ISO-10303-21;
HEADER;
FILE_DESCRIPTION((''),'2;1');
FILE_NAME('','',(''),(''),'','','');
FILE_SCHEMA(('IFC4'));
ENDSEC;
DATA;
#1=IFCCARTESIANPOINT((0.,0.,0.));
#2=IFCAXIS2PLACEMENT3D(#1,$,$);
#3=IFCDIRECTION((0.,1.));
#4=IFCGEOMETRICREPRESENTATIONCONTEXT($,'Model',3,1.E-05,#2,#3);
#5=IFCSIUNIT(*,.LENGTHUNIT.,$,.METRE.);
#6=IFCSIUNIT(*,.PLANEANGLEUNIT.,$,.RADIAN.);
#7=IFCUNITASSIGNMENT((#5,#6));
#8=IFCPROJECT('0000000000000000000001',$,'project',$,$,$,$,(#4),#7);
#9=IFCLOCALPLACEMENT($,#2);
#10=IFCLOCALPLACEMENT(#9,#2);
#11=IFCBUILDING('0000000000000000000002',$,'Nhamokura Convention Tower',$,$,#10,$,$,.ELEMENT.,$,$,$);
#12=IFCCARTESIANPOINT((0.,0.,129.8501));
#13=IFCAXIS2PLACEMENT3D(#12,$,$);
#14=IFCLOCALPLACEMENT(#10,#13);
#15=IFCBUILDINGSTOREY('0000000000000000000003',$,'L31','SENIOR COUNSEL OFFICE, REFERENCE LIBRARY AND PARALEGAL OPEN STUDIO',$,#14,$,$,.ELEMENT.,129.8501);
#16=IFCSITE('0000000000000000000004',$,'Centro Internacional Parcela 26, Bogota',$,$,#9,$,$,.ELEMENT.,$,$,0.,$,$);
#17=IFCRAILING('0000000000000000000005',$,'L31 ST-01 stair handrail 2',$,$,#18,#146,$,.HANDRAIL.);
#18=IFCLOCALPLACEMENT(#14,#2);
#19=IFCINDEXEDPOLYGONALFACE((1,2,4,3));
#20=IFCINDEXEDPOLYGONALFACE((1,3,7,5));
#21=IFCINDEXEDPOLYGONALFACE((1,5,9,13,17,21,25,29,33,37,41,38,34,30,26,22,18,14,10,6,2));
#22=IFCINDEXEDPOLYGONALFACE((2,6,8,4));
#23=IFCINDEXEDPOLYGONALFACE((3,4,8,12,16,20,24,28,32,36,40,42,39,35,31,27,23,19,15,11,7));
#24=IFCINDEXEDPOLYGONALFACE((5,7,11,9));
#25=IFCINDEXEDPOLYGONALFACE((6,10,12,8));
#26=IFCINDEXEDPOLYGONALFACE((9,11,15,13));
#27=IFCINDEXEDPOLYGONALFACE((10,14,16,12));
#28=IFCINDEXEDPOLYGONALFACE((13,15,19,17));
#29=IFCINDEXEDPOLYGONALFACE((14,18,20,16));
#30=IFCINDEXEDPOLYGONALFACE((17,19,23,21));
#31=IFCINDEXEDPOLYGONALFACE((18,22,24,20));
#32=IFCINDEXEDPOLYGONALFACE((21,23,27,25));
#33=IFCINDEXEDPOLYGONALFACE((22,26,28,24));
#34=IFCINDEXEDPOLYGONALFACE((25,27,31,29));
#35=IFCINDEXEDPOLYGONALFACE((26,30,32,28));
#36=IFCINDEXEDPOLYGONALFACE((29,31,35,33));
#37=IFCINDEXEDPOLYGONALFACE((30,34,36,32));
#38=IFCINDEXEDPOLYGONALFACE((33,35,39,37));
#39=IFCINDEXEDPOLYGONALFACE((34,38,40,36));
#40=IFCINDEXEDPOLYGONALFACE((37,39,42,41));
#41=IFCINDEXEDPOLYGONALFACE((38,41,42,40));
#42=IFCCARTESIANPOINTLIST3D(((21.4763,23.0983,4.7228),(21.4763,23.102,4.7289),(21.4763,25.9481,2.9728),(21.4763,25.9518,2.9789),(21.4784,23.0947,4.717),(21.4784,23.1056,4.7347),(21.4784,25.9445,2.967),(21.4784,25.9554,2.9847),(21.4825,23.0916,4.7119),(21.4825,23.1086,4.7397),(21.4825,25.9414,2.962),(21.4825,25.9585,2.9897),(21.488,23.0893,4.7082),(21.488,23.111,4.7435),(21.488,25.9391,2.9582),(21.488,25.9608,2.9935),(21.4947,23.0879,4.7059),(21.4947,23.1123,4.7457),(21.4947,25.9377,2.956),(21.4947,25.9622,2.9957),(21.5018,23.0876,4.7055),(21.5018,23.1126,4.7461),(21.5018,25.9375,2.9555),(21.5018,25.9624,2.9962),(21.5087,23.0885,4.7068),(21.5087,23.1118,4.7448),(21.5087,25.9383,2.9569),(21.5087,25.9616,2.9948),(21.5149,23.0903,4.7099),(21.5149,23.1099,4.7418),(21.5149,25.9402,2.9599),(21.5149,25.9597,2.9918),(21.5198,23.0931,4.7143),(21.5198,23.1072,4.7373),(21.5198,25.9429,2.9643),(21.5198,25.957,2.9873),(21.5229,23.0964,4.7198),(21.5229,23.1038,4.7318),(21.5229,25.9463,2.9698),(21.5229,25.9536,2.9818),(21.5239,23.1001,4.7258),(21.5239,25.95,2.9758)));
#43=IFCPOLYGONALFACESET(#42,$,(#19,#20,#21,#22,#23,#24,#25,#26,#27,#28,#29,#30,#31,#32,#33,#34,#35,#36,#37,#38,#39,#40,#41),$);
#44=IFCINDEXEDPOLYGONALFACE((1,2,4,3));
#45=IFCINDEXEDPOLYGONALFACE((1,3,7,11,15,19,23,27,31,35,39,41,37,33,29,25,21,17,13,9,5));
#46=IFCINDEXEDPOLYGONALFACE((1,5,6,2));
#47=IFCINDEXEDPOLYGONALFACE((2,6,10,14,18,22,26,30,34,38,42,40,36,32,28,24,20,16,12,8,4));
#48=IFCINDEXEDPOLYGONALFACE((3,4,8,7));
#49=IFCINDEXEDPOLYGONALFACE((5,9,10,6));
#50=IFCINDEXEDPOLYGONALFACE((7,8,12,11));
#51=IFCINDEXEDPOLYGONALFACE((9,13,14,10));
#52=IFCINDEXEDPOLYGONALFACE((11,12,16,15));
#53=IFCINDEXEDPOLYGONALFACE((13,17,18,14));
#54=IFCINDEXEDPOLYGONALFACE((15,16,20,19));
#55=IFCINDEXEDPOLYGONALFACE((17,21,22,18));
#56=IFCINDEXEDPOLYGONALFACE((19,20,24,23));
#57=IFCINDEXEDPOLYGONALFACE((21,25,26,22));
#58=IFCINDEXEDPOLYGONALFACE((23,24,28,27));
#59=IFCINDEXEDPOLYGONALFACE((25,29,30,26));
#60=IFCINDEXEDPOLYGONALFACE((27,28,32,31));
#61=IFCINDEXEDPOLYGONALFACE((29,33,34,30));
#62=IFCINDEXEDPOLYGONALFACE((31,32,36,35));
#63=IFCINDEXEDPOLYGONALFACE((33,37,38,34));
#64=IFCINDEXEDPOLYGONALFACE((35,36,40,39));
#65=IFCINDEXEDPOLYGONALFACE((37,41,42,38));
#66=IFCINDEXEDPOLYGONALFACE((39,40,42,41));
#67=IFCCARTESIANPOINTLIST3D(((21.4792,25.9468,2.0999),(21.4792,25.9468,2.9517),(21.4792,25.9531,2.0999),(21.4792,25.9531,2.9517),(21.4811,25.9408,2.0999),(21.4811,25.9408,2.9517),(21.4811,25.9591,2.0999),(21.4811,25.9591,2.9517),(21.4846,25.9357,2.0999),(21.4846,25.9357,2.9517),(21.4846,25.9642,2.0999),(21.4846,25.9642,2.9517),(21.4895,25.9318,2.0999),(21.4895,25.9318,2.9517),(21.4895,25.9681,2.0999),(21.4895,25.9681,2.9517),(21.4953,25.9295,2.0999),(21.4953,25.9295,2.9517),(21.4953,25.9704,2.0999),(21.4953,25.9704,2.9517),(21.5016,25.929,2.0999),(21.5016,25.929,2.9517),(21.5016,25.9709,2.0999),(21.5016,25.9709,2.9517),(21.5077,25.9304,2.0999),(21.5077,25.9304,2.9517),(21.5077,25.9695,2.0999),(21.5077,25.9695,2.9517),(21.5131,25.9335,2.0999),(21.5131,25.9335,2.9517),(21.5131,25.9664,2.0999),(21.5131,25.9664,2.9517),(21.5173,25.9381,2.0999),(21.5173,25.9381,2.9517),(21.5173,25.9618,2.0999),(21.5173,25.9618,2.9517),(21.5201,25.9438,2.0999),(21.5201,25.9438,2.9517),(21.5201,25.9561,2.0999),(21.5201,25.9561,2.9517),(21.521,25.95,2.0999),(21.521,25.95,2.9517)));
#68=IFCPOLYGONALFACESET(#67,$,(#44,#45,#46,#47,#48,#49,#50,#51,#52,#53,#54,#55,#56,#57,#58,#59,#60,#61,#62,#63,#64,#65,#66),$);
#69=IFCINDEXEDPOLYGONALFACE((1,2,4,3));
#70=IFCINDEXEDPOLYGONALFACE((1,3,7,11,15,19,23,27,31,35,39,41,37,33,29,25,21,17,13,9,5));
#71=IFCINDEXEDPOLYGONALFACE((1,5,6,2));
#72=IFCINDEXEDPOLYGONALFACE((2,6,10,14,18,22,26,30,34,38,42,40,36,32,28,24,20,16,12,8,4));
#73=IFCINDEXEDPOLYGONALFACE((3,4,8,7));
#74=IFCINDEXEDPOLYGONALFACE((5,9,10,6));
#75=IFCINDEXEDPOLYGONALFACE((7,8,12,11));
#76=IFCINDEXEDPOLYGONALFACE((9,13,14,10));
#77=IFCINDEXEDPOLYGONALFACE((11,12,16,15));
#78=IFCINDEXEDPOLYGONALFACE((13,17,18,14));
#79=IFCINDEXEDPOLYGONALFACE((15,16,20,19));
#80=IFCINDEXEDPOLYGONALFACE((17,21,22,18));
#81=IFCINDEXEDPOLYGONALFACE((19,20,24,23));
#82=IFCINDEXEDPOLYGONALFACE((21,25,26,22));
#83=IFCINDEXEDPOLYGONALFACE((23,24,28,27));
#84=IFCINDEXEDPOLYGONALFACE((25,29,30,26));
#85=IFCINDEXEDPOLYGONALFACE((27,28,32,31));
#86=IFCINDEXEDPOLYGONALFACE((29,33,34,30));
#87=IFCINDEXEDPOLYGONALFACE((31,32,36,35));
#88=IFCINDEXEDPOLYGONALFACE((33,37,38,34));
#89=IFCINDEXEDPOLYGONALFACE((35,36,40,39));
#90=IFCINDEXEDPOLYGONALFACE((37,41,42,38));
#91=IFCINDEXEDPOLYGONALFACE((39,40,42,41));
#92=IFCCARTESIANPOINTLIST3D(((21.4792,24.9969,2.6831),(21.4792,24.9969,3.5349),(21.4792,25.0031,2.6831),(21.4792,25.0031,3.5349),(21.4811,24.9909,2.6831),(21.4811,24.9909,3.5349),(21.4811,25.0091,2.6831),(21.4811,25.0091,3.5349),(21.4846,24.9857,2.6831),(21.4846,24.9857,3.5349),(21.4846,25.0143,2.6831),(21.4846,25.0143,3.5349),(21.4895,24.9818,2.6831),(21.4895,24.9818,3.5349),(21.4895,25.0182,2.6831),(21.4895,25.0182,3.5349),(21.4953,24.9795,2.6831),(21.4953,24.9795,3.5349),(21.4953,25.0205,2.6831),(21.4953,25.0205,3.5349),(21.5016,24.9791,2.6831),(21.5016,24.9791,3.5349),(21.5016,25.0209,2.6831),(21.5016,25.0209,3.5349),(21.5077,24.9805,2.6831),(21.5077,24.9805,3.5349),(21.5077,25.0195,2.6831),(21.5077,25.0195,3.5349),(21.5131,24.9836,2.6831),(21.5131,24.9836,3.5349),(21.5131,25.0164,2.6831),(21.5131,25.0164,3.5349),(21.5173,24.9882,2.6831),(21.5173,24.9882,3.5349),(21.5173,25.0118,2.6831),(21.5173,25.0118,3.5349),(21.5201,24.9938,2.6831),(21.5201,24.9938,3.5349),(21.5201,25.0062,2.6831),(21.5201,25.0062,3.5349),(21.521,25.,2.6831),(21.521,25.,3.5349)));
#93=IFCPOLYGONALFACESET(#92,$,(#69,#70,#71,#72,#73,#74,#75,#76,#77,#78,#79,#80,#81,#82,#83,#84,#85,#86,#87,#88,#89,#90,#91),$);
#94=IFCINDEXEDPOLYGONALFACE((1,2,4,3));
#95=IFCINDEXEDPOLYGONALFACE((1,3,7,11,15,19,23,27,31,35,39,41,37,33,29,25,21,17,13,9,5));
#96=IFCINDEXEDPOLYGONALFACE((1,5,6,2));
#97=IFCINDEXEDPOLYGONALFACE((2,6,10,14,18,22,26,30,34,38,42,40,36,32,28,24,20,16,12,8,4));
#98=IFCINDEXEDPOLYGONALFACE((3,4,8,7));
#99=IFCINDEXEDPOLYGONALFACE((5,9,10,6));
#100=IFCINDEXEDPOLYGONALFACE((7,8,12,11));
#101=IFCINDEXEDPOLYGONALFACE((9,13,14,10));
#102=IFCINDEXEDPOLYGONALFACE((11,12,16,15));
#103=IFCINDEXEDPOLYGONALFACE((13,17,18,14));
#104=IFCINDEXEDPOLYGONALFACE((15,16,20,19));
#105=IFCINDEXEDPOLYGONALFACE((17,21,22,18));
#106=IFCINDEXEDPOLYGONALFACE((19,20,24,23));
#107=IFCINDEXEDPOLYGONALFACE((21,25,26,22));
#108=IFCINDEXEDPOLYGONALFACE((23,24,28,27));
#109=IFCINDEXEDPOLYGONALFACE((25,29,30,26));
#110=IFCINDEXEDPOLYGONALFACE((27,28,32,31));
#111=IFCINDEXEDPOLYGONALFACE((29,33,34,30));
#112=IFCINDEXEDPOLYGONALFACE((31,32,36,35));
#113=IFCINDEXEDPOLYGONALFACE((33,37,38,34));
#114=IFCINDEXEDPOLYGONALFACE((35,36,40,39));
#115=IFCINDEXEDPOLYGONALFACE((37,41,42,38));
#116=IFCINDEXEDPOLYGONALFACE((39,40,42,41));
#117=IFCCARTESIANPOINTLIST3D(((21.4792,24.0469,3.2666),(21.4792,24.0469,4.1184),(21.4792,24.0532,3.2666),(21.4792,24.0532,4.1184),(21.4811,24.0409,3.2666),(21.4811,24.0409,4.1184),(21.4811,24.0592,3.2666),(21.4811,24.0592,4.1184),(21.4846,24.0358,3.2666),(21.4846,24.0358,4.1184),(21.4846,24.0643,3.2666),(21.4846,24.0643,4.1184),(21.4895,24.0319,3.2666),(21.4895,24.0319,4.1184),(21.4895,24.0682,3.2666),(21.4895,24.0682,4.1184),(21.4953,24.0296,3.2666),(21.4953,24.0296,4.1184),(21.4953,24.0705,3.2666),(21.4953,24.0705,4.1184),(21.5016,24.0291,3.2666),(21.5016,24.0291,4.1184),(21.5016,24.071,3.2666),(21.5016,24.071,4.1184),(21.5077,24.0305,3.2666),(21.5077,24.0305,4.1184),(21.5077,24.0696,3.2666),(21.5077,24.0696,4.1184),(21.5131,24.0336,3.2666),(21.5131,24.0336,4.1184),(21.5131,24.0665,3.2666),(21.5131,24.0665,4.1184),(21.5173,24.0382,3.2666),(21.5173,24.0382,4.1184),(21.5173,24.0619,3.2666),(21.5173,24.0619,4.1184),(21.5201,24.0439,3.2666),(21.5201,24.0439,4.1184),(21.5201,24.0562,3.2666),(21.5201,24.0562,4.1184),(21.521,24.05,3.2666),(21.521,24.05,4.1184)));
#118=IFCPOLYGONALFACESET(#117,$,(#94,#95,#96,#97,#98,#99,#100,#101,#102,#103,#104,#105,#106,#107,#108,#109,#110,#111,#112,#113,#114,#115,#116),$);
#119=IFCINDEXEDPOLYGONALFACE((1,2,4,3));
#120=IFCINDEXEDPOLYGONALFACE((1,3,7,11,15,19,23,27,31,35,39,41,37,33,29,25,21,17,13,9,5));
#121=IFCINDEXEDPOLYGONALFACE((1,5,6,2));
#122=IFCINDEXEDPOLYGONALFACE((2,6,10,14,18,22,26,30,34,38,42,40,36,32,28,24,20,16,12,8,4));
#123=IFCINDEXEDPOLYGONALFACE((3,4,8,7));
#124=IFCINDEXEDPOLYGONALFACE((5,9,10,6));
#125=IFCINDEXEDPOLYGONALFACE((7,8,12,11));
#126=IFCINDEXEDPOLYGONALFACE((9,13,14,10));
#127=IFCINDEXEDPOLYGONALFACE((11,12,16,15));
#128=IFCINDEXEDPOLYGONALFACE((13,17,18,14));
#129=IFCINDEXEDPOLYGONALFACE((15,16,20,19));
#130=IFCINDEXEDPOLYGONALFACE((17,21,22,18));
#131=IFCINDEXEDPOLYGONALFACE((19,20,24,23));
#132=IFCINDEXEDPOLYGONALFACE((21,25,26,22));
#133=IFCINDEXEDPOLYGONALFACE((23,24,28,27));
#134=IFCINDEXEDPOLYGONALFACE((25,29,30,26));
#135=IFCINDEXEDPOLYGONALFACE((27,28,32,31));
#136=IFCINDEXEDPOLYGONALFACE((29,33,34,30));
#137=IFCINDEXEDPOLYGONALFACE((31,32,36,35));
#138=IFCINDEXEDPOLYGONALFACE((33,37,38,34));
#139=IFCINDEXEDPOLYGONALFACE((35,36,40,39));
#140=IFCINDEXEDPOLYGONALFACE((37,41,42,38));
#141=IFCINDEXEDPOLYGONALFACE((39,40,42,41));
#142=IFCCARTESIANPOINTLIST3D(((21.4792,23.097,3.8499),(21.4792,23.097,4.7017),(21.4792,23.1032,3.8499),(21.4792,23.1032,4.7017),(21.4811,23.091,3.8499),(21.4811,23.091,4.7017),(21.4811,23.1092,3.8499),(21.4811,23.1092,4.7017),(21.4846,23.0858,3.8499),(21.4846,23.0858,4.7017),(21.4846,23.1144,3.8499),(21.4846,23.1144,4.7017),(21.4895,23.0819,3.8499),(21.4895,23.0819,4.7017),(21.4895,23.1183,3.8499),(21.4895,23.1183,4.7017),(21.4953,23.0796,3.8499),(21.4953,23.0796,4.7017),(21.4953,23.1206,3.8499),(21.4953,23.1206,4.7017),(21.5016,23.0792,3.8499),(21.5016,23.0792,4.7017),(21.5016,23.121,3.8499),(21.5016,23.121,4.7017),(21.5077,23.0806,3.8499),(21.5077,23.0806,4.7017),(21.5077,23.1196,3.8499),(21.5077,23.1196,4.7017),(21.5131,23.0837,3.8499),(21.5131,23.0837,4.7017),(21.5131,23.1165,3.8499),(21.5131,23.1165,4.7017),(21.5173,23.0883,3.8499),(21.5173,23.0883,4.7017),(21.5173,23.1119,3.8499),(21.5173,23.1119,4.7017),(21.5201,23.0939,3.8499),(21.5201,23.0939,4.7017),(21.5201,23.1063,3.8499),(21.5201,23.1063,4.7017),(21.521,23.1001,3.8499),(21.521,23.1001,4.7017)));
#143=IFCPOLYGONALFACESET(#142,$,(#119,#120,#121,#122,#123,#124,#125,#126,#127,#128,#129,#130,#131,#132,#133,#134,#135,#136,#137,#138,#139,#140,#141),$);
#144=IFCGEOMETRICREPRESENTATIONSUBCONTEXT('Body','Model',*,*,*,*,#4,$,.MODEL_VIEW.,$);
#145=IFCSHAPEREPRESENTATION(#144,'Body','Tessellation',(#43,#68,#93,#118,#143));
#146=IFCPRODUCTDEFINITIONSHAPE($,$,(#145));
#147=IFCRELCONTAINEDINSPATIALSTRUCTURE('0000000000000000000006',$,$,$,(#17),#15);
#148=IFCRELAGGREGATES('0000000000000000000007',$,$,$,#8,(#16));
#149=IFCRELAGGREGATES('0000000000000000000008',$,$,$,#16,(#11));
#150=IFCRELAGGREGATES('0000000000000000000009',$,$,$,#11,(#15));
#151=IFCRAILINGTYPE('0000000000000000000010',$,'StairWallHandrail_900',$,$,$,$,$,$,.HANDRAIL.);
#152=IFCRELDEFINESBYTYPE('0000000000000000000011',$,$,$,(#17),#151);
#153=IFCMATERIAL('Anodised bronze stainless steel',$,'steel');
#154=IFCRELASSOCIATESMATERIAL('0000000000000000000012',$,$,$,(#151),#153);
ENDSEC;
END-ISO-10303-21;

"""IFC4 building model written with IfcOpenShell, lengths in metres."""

from ifc_helpers import new_model, si_unit, direction, frame, origin, origin_2d, place, context, subcontext, project, spatial, circle, extrude, material, type_object, element, save


model = new_model("IFC4")

# Units and contexts
model_context = context("Model", 3, precision=1e-05, world=origin(), true_north=direction((0.0, 1.0)))
body_context = subcontext(model_context, "Body", "Model", "MODEL_VIEW")
ifc_project = project(units=[si_unit("LENGTHUNIT", "METRE"), si_unit("PLANEANGLEUNIT", "RADIAN")], contexts=[model_context])

# Site, building, storey
site_placement = place(None, origin())
site = spatial("IfcSite", under=ifc_project, at=site_placement, Name="Centro Internacional Parcela 26, Bogota", CompositionType="ELEMENT", RefElevation=0.0)
building_placement = place(site_placement, origin())
building = spatial("IfcBuilding", under=site, at=building_placement, Name="Nhamokura Convention Tower", CompositionType="ELEMENT")
storey_placement = place(building_placement, frame((0.0, 0.0, 129.8501)))
storey = spatial("IfcBuildingStorey", under=building, at=storey_placement, Name="L31", Description="SENIOR COUNSEL OFFICE, REFERENCE LIBRARY AND PARALEGAL OPEN STUDIO", CompositionType="ELEMENT", Elevation=129.8501)

# Railing
ifc_material_1 = material(Name="Anodised bronze stainless steel", Category="steel")
railing_type_1 = type_object("IfcRailingType", Name="StairWallHandrail_900", PredefinedType="HANDRAIL", material=ifc_material_1)
railing_1_placement = place(storey_placement, frame((21.5, 25.95, 2.0999)))
element("IfcRailing", 1, at=railing_1_placement, inside=storey, type_object=railing_type_1, Name="L31 ST-01 stair handrail 2", PredefinedType="HANDRAIL", context=body_context, shape_type="SweptSolid", body=[
    extrude(circle(Radius=0.0239, at=origin_2d()), frame((0.0, 0.0, 0.876), z_axis=(0.0, -0.852159, 0.523283), x_axis=(1.0, 0.0, 0.0)), (0.0, 0.0, 1.0), 3.3442),
    extrude(circle(Radius=0.021, at=origin_2d()), origin(), (0.0, 0.0, 1.0), 0.8518),
    extrude(circle(Radius=0.021, at=origin_2d()), frame((0.0, -0.95, 0.5833)), (0.0, 0.0, 1.0), 0.8518),
    extrude(circle(Radius=0.021, at=origin_2d()), frame((0.0, -1.8999, 1.1667)), (0.0, 0.0, 1.0), 0.8518),
    extrude(circle(Radius=0.021, at=origin_2d()), frame((0.0, -2.8499, 1.75)), (0.0, 0.0, 1.0), 0.8518),
])

save(model, "model.ifc")
